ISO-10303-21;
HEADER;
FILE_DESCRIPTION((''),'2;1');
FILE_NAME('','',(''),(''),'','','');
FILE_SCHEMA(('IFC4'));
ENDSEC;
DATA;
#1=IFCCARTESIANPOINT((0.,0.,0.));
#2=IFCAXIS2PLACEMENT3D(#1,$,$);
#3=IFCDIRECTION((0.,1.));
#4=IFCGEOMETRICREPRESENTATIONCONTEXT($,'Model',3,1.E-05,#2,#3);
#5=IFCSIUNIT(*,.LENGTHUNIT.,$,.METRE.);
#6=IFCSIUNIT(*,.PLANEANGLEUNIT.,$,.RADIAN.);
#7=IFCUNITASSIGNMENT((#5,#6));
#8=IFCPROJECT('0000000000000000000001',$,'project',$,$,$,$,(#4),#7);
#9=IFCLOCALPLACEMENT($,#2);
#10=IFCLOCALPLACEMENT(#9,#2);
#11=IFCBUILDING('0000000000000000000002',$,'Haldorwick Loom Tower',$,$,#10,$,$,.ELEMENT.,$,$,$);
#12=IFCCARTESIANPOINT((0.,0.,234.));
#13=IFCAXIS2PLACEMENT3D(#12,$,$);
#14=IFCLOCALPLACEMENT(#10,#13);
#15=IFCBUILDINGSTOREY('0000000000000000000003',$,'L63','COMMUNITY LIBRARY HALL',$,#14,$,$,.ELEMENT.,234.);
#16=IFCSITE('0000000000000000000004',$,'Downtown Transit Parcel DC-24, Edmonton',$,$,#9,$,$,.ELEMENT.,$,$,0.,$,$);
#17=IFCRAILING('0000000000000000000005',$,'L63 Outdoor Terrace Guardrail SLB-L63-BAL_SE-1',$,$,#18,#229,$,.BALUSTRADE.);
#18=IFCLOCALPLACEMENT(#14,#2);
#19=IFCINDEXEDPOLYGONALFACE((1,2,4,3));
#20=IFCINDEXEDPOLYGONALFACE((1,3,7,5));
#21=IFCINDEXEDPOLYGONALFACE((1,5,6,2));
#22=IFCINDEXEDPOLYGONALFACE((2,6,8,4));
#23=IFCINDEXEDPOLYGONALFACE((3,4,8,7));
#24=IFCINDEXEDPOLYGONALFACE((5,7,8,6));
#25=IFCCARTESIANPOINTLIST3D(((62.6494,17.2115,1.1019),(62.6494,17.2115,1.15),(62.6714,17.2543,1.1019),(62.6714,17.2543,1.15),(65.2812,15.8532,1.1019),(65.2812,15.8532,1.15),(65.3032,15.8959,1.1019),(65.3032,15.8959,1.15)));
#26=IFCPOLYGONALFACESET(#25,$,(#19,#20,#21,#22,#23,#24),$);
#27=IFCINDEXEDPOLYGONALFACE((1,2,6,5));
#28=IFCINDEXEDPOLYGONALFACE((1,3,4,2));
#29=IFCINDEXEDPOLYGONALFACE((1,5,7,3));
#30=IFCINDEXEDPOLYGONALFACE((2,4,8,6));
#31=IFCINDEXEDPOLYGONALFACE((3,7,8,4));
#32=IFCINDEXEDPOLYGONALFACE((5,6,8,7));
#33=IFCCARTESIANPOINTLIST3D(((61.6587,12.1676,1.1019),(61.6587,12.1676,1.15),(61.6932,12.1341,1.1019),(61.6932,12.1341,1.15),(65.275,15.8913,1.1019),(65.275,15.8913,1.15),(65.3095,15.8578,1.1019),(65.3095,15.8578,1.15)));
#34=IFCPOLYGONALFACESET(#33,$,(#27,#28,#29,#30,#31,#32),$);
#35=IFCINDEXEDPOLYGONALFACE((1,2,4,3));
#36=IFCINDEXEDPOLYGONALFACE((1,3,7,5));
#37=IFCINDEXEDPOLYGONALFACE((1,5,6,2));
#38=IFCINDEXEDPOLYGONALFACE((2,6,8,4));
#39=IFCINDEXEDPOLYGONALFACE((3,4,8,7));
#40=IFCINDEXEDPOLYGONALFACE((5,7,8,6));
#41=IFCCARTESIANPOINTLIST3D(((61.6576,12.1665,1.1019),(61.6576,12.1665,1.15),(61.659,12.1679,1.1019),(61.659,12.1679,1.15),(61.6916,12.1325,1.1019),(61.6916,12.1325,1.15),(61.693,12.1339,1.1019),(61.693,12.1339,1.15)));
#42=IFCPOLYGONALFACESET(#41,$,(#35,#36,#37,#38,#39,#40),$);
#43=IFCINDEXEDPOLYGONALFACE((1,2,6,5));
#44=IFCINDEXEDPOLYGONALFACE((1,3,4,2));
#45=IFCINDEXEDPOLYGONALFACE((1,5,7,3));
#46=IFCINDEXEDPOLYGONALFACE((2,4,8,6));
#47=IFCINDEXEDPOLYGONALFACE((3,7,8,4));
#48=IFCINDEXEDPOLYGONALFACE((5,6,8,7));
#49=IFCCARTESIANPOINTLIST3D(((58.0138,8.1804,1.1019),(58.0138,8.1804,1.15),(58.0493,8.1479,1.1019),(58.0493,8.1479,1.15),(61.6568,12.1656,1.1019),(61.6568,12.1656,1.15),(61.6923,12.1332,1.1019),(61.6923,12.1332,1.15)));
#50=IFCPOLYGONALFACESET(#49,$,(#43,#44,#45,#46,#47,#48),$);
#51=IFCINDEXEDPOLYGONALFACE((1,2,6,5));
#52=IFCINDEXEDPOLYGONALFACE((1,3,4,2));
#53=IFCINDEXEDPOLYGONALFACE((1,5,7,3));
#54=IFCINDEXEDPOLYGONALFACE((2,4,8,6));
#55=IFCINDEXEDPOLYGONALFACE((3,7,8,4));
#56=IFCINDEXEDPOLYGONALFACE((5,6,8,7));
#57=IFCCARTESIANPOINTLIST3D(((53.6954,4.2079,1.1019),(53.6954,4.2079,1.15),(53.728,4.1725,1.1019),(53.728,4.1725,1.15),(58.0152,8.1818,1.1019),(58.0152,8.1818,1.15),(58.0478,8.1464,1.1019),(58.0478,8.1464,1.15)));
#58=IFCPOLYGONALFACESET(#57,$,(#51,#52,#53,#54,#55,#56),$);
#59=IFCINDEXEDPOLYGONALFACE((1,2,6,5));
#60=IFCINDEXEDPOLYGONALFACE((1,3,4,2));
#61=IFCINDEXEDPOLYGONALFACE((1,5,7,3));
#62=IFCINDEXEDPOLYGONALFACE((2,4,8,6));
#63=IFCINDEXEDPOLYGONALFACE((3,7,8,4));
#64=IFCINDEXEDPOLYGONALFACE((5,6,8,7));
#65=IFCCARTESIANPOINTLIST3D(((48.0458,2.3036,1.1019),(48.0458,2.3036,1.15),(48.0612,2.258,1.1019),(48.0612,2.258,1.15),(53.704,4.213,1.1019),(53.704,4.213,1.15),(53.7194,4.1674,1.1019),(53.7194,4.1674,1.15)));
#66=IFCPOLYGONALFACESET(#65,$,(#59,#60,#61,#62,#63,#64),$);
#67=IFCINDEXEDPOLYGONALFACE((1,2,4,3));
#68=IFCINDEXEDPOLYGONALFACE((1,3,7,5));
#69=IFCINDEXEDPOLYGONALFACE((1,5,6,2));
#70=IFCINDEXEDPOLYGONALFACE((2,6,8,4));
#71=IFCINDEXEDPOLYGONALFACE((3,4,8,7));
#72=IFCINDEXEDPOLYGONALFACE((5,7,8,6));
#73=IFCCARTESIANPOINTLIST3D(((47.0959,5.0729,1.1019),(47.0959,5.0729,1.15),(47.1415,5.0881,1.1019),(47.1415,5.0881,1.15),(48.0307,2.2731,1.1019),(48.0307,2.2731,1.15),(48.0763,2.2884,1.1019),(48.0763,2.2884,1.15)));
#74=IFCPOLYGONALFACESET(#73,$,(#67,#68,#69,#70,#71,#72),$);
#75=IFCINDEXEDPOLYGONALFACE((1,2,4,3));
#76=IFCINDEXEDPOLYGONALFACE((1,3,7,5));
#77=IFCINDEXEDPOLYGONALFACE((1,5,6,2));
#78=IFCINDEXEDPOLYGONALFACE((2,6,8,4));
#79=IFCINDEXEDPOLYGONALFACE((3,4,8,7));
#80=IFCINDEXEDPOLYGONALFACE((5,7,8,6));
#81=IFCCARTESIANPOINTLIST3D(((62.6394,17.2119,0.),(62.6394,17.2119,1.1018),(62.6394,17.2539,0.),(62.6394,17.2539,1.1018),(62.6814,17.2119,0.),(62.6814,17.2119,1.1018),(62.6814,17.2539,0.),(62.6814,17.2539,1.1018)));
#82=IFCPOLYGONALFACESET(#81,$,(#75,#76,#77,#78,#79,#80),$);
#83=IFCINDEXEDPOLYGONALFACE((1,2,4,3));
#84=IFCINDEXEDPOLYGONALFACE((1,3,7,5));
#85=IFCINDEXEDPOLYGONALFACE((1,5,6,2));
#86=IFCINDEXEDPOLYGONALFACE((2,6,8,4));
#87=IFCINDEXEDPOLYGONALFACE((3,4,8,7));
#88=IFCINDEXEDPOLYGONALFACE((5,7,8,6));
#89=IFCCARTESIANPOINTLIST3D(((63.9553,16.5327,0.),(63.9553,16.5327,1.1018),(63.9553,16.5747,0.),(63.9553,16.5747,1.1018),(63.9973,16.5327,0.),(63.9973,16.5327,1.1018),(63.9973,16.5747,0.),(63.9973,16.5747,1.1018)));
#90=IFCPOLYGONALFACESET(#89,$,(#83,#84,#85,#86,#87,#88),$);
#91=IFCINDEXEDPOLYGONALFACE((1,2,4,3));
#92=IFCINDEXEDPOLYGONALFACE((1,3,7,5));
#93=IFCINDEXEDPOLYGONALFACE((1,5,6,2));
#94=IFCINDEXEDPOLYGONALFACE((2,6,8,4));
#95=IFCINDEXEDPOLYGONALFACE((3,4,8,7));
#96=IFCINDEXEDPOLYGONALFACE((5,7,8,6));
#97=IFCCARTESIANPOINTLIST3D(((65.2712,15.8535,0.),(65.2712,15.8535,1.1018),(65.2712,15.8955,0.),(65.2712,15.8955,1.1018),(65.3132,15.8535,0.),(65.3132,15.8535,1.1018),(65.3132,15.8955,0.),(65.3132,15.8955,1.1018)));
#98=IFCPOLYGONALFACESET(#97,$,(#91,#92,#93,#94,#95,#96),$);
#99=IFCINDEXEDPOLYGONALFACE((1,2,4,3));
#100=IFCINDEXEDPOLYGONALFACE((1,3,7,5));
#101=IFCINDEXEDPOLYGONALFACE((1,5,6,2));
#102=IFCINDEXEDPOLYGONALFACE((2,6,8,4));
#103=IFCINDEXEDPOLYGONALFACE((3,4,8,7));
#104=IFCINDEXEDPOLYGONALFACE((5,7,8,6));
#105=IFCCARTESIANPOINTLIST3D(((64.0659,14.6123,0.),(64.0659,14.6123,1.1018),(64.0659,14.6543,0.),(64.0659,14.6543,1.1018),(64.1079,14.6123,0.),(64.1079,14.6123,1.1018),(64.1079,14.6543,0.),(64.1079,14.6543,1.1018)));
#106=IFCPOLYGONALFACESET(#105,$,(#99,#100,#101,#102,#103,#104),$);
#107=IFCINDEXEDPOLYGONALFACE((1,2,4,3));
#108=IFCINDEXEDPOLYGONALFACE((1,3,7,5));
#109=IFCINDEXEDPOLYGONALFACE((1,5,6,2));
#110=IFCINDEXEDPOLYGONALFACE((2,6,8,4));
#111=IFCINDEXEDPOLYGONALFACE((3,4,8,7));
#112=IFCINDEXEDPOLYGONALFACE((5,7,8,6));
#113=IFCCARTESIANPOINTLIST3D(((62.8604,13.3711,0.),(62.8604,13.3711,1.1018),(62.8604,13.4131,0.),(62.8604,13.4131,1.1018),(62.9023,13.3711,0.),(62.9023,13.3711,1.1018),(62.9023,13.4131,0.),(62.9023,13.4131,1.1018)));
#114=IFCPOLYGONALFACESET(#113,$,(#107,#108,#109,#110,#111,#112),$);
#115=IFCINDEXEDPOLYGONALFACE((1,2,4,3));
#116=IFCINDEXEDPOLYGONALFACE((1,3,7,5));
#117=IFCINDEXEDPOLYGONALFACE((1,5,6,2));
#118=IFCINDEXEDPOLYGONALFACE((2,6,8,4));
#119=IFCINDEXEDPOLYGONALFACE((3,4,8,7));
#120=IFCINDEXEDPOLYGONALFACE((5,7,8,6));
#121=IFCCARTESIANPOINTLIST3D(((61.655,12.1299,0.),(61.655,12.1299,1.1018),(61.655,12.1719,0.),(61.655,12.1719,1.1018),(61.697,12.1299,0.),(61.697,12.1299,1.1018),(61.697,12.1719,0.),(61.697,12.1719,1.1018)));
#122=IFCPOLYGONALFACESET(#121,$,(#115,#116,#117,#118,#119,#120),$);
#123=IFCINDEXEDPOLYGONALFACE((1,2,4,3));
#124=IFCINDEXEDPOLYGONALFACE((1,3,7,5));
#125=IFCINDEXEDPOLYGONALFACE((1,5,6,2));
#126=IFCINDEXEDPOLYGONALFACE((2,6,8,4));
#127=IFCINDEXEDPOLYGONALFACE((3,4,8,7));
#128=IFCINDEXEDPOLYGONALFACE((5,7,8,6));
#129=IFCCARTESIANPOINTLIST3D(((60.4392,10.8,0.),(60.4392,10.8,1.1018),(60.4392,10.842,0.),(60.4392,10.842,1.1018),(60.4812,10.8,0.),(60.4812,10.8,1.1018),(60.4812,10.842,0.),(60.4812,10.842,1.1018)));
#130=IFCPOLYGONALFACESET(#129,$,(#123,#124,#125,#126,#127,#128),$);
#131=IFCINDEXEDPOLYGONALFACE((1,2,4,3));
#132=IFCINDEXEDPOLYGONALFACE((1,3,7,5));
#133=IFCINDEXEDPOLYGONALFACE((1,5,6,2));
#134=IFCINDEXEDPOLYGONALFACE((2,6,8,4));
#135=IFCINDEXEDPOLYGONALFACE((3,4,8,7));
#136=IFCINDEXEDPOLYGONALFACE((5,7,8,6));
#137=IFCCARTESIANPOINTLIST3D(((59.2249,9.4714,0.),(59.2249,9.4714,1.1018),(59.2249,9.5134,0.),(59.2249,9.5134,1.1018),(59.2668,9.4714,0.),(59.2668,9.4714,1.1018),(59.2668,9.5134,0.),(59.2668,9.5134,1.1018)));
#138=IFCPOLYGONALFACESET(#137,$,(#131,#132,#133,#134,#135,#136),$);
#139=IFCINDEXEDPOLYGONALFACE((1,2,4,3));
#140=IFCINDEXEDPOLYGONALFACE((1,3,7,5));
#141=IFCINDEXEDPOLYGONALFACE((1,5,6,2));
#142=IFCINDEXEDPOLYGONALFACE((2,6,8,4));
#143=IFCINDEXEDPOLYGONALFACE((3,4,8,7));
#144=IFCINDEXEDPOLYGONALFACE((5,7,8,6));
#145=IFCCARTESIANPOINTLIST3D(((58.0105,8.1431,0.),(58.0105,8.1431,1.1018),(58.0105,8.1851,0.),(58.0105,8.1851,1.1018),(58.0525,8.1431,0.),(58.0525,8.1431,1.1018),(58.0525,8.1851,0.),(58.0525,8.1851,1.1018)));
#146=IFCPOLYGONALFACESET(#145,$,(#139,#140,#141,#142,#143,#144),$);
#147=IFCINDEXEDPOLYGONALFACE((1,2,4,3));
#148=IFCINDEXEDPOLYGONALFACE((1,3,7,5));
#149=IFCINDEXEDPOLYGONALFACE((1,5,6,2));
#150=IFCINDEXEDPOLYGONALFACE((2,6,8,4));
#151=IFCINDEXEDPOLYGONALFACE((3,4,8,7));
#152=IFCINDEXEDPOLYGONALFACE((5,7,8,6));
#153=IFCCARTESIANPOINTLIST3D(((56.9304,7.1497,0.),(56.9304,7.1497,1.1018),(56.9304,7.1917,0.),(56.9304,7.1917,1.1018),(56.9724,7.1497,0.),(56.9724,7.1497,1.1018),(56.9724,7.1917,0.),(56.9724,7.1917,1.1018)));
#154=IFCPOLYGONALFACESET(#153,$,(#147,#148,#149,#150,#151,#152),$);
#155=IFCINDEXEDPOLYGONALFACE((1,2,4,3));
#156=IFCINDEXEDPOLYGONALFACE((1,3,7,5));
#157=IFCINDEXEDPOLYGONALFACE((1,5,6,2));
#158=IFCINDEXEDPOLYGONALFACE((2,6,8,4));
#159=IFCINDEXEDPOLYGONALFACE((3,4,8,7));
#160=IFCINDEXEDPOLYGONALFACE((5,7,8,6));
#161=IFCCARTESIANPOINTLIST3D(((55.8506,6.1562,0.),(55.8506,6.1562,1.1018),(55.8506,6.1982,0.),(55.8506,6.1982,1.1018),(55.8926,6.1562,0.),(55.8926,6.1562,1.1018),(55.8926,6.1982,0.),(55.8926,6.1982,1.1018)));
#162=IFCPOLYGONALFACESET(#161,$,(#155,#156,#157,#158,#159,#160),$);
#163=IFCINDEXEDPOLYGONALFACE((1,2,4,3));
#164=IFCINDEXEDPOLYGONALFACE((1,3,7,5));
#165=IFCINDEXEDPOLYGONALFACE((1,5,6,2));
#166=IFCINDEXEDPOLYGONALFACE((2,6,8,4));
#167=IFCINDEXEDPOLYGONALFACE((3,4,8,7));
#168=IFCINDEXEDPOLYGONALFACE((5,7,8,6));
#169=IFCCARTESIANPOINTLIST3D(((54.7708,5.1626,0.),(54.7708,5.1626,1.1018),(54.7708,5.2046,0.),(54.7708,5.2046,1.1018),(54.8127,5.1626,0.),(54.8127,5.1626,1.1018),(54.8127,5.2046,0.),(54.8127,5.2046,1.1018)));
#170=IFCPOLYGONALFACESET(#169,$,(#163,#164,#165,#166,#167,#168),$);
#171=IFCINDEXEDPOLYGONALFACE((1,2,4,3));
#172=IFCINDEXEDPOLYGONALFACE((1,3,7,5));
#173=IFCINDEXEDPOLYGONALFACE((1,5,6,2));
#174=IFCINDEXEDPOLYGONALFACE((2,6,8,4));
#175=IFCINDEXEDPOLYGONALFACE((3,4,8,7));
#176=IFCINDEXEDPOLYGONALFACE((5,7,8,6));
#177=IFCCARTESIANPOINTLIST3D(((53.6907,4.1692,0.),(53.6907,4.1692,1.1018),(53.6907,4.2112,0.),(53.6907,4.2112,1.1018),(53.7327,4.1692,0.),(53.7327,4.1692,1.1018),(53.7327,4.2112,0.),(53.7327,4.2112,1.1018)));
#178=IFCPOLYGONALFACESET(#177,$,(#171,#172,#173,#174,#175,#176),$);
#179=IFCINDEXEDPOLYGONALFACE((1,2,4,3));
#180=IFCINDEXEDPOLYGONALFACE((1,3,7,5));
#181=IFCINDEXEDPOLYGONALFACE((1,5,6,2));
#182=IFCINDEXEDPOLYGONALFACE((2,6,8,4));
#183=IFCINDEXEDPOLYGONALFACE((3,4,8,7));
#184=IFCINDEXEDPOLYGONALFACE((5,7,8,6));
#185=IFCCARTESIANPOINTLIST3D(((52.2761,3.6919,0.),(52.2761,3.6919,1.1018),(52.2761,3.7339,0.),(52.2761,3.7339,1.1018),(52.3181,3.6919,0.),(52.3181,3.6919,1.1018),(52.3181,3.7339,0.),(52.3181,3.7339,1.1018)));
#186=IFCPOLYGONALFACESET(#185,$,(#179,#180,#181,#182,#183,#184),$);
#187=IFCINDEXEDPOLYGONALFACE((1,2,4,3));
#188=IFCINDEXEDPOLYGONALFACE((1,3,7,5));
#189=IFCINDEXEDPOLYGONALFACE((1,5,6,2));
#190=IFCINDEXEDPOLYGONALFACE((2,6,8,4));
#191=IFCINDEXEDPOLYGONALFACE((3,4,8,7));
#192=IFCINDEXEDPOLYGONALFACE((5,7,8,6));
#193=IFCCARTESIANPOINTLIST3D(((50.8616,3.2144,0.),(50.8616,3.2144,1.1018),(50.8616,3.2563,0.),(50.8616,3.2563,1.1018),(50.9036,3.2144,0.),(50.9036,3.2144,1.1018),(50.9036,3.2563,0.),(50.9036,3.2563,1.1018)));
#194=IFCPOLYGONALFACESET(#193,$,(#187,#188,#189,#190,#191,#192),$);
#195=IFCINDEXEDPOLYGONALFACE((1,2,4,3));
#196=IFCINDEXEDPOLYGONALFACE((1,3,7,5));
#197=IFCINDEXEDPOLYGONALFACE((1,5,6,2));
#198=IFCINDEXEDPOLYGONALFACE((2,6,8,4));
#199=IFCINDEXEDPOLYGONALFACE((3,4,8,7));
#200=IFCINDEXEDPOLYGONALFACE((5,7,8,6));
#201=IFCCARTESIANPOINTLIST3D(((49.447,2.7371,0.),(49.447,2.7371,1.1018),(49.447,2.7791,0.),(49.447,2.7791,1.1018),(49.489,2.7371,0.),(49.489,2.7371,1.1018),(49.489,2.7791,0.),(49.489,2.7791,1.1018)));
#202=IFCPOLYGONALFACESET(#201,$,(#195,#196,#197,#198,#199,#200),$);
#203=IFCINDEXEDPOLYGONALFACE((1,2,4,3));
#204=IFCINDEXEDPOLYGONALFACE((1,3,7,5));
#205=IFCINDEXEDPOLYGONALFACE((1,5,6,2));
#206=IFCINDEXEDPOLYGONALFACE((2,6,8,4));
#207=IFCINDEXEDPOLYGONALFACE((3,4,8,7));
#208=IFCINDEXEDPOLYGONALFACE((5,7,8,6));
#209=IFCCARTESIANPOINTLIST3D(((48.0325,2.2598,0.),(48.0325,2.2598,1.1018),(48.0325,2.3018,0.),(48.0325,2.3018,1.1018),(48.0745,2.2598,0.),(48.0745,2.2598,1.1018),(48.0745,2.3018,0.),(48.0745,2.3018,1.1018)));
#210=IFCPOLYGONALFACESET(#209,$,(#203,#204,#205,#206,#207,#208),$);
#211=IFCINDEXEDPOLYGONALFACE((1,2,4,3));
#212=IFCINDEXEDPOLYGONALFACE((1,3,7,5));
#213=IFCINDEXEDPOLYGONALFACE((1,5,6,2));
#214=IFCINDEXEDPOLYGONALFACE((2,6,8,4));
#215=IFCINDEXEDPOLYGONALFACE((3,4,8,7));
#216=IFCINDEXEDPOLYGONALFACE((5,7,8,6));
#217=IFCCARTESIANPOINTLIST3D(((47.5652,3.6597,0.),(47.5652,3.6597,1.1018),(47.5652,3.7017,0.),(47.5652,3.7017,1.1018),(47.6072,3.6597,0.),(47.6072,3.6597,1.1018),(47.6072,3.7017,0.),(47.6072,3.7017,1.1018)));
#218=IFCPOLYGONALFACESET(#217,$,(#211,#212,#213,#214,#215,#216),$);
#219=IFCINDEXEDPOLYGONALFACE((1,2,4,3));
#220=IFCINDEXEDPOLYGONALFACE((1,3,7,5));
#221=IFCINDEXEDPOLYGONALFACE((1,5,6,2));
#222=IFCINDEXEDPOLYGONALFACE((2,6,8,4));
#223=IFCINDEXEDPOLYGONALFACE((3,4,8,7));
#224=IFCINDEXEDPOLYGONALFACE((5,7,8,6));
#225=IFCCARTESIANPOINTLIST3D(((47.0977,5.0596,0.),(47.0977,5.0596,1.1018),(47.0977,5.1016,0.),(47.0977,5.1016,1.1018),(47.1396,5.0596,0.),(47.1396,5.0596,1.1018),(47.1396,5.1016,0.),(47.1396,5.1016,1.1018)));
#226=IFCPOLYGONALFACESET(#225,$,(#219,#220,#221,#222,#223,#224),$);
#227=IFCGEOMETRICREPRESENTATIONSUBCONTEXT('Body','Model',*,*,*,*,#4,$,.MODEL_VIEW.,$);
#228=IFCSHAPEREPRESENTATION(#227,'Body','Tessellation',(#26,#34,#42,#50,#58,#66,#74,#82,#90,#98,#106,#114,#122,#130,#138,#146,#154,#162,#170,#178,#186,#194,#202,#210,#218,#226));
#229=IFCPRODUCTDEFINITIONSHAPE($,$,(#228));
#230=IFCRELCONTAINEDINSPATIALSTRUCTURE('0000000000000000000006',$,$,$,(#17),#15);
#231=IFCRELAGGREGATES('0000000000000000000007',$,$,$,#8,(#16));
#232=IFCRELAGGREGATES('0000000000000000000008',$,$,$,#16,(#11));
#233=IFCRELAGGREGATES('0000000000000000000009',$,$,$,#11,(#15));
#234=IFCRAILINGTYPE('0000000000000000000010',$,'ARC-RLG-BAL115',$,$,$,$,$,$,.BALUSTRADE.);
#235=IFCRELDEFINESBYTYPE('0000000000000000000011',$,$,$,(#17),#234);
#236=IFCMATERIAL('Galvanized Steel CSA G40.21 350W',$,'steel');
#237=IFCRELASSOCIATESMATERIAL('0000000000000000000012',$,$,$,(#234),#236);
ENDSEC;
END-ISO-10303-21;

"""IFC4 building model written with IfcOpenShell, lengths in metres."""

from ifc_helpers import new_model, si_unit, direction, frame, origin, origin_2d, place, context, subcontext, project, spatial, rectangle, extrude, material, type_object, element, save


model = new_model("IFC4")

# Units and contexts
model_context = context("Model", 3, precision=1e-05, world=origin(), true_north=direction((0.0, 1.0)))
body_context = subcontext(model_context, "Body", "Model", "MODEL_VIEW")
ifc_project = project(units=[si_unit("LENGTHUNIT", "METRE"), si_unit("PLANEANGLEUNIT", "RADIAN")], contexts=[model_context])

# Site, building, storey
site_placement = place(None, origin())
site = spatial("IfcSite", under=ifc_project, at=site_placement, Name="Downtown Transit Parcel DC-24, Edmonton", CompositionType="ELEMENT", RefElevation=0.0)
building_placement = place(site_placement, origin())
building = spatial("IfcBuilding", under=site, at=building_placement, Name="Haldorwick Loom Tower", CompositionType="ELEMENT")
storey_placement = place(building_placement, frame((0.0, 0.0, 234.0)))
storey = spatial("IfcBuildingStorey", under=building, at=storey_placement, Name="L63", Description="COMMUNITY LIBRARY HALL", CompositionType="ELEMENT", Elevation=234.0)

# Railing
ifc_material_1 = material(Name="Galvanized Steel CSA G40.21 350W", Category="steel")
railing_type = type_object("IfcRailingType", Name="ARC-RLG-BAL115", PredefinedType="BALUSTRADE", material=ifc_material_1)
railing_placement = place(storey_placement, frame((62.6604, 17.2329, 0.0)))
element("IfcRailing", 1, at=railing_placement, inside=storey, type_object=railing_type, Name="L63 Outdoor Terrace Guardrail SLB-L63-BAL_SE-1", PredefinedType="BALUSTRADE", context=body_context, shape_type="SweptSolid", body=[
    extrude(rectangle(XDim=0.0481, YDim=0.0481, at=origin_2d()), frame((0.0, 0.0, 1.126), z_axis=(0.888616, -0.458651, 0.0), x_axis=(0.458651, 0.888616, 0.0)), (0.0, 0.0, 1.0), 2.9617),
    extrude(rectangle(XDim=0.0481, YDim=0.0481, at=origin_2d()), frame((2.6318, -1.3584, 1.126), z_axis=(-0.696683, -0.717379, 0.0), x_axis=(0.717379, -0.696683, 0.0)), (0.0, 0.0, 1.0), 5.1907),
    extrude(rectangle(XDim=0.0481, YDim=0.0481, at=origin_2d()), frame((-0.9844, -5.082, 1.126), z_axis=(-0.707107, -0.707107, 0.0), x_axis=(0.707107, -0.707107, 0.0)), (0.0, 0.0, 1.0), 0.002),
    extrude(rectangle(XDim=0.0481, YDim=0.0481, at=origin_2d()), frame((-0.9858, -5.0835, 1.126), z_axis=(-0.6747, -0.738092, 0.0), x_axis=(0.738092, -0.6747, 0.0)), (0.0, 0.0, 1.0), 5.3994),
    extrude(rectangle(XDim=0.0481, YDim=0.0481, at=origin_2d()), frame((-4.6289, -9.0688, 1.126), z_axis=(-0.735962, -0.677023, 0.0), x_axis=(0.677023, -0.735962, 0.0)), (0.0, 0.0, 1.0), 5.8696),
    extrude(rectangle(XDim=0.0481, YDim=0.0481, at=origin_2d()), frame((-8.9487, -13.0427, 1.126), z_axis=(-0.947503, -0.319746, 0.0), x_axis=(0.319746, -0.947503, 0.0)), (0.0, 0.0, 1.0), 5.9717),
    extrude(rectangle(XDim=0.0481, YDim=0.0481, at=origin_2d()), frame((-14.6069, -14.9521, 1.126), z_axis=(-0.316699, 0.948526, 0.0), x_axis=(-0.948526, -0.316699, 0.0)), (0.0, 0.0, 1.0), 2.9517),
    extrude(rectangle(XDim=0.042, YDim=0.042, at=origin_2d()), origin(), (0.0, 0.0, 1.0), 1.1018),
    extrude(rectangle(XDim=0.042, YDim=0.042, at=origin_2d()), frame((1.3159, -0.6792, 0.0)), (0.0, 0.0, 1.0), 1.1018),
    extrude(rectangle(XDim=0.042, YDim=0.042, at=origin_2d()), frame((2.6318, -1.3584, 0.0)), (0.0, 0.0, 1.0), 1.1018),
    extrude(rectangle(XDim=0.042, YDim=0.042, at=origin_2d()), frame((1.4265, -2.5996, 0.0)), (0.0, 0.0, 1.0), 1.1018),
    extrude(rectangle(XDim=0.042, YDim=0.042, at=origin_2d()), frame((0.2209, -3.8408, 0.0)), (0.0, 0.0, 1.0), 1.1018),
    extrude(rectangle(XDim=0.042, YDim=0.042, at=origin_2d()), frame((-0.9844, -5.082, 0.0)), (0.0, 0.0, 1.0), 1.1018),
    extrude(rectangle(XDim=0.042, YDim=0.042, at=origin_2d()), frame((-2.2002, -6.4119, 0.0)), (0.0, 0.0, 1.0), 1.1018),
    extrude(rectangle(XDim=0.042, YDim=0.042, at=origin_2d()), frame((-3.4146, -7.7405, 0.0)), (0.0, 0.0, 1.0), 1.1018),
    extrude(rectangle(XDim=0.042, YDim=0.042, at=origin_2d()), frame((-4.6289, -9.0688, 0.0)), (0.0, 0.0, 1.0), 1.1018),
    extrude(rectangle(XDim=0.042, YDim=0.042, at=origin_2d()), frame((-5.709, -10.0623, 0.0)), (0.0, 0.0, 1.0), 1.1018),
    extrude(rectangle(XDim=0.042, YDim=0.042, at=origin_2d()), frame((-6.7888, -11.0557, 0.0)), (0.0, 0.0, 1.0), 1.1018),
    extrude(rectangle(XDim=0.042, YDim=0.042, at=origin_2d()), frame((-7.8687, -12.0493, 0.0)), (0.0, 0.0, 1.0), 1.1018),
    extrude(rectangle(XDim=0.042, YDim=0.042, at=origin_2d()), frame((-8.9487, -13.0427, 0.0)), (0.0, 0.0, 1.0), 1.1018),
    extrude(rectangle(XDim=0.042, YDim=0.042, at=origin_2d()), frame((-10.3633, -13.52, 0.0)), (0.0, 0.0, 1.0), 1.1018),
    extrude(rectangle(XDim=0.042, YDim=0.042, at=origin_2d()), frame((-11.7778, -13.9976, 0.0)), (0.0, 0.0, 1.0), 1.1018),
    extrude(rectangle(XDim=0.042, YDim=0.042, at=origin_2d()), frame((-13.1924, -14.4749, 0.0)), (0.0, 0.0, 1.0), 1.1018),
    extrude(rectangle(XDim=0.042, YDim=0.042, at=origin_2d()), frame((-14.6069, -14.9521, 0.0)), (0.0, 0.0, 1.0), 1.1018),
    extrude(rectangle(XDim=0.042, YDim=0.042, at=origin_2d()), frame((-15.0742, -13.5522, 0.0)), (0.0, 0.0, 1.0), 1.1018),
    extrude(rectangle(XDim=0.042, YDim=0.042, at=origin_2d()), frame((-15.5417, -12.1523, 0.0)), (0.0, 0.0, 1.0), 1.1018),
])

save(model, "model.ifc")
